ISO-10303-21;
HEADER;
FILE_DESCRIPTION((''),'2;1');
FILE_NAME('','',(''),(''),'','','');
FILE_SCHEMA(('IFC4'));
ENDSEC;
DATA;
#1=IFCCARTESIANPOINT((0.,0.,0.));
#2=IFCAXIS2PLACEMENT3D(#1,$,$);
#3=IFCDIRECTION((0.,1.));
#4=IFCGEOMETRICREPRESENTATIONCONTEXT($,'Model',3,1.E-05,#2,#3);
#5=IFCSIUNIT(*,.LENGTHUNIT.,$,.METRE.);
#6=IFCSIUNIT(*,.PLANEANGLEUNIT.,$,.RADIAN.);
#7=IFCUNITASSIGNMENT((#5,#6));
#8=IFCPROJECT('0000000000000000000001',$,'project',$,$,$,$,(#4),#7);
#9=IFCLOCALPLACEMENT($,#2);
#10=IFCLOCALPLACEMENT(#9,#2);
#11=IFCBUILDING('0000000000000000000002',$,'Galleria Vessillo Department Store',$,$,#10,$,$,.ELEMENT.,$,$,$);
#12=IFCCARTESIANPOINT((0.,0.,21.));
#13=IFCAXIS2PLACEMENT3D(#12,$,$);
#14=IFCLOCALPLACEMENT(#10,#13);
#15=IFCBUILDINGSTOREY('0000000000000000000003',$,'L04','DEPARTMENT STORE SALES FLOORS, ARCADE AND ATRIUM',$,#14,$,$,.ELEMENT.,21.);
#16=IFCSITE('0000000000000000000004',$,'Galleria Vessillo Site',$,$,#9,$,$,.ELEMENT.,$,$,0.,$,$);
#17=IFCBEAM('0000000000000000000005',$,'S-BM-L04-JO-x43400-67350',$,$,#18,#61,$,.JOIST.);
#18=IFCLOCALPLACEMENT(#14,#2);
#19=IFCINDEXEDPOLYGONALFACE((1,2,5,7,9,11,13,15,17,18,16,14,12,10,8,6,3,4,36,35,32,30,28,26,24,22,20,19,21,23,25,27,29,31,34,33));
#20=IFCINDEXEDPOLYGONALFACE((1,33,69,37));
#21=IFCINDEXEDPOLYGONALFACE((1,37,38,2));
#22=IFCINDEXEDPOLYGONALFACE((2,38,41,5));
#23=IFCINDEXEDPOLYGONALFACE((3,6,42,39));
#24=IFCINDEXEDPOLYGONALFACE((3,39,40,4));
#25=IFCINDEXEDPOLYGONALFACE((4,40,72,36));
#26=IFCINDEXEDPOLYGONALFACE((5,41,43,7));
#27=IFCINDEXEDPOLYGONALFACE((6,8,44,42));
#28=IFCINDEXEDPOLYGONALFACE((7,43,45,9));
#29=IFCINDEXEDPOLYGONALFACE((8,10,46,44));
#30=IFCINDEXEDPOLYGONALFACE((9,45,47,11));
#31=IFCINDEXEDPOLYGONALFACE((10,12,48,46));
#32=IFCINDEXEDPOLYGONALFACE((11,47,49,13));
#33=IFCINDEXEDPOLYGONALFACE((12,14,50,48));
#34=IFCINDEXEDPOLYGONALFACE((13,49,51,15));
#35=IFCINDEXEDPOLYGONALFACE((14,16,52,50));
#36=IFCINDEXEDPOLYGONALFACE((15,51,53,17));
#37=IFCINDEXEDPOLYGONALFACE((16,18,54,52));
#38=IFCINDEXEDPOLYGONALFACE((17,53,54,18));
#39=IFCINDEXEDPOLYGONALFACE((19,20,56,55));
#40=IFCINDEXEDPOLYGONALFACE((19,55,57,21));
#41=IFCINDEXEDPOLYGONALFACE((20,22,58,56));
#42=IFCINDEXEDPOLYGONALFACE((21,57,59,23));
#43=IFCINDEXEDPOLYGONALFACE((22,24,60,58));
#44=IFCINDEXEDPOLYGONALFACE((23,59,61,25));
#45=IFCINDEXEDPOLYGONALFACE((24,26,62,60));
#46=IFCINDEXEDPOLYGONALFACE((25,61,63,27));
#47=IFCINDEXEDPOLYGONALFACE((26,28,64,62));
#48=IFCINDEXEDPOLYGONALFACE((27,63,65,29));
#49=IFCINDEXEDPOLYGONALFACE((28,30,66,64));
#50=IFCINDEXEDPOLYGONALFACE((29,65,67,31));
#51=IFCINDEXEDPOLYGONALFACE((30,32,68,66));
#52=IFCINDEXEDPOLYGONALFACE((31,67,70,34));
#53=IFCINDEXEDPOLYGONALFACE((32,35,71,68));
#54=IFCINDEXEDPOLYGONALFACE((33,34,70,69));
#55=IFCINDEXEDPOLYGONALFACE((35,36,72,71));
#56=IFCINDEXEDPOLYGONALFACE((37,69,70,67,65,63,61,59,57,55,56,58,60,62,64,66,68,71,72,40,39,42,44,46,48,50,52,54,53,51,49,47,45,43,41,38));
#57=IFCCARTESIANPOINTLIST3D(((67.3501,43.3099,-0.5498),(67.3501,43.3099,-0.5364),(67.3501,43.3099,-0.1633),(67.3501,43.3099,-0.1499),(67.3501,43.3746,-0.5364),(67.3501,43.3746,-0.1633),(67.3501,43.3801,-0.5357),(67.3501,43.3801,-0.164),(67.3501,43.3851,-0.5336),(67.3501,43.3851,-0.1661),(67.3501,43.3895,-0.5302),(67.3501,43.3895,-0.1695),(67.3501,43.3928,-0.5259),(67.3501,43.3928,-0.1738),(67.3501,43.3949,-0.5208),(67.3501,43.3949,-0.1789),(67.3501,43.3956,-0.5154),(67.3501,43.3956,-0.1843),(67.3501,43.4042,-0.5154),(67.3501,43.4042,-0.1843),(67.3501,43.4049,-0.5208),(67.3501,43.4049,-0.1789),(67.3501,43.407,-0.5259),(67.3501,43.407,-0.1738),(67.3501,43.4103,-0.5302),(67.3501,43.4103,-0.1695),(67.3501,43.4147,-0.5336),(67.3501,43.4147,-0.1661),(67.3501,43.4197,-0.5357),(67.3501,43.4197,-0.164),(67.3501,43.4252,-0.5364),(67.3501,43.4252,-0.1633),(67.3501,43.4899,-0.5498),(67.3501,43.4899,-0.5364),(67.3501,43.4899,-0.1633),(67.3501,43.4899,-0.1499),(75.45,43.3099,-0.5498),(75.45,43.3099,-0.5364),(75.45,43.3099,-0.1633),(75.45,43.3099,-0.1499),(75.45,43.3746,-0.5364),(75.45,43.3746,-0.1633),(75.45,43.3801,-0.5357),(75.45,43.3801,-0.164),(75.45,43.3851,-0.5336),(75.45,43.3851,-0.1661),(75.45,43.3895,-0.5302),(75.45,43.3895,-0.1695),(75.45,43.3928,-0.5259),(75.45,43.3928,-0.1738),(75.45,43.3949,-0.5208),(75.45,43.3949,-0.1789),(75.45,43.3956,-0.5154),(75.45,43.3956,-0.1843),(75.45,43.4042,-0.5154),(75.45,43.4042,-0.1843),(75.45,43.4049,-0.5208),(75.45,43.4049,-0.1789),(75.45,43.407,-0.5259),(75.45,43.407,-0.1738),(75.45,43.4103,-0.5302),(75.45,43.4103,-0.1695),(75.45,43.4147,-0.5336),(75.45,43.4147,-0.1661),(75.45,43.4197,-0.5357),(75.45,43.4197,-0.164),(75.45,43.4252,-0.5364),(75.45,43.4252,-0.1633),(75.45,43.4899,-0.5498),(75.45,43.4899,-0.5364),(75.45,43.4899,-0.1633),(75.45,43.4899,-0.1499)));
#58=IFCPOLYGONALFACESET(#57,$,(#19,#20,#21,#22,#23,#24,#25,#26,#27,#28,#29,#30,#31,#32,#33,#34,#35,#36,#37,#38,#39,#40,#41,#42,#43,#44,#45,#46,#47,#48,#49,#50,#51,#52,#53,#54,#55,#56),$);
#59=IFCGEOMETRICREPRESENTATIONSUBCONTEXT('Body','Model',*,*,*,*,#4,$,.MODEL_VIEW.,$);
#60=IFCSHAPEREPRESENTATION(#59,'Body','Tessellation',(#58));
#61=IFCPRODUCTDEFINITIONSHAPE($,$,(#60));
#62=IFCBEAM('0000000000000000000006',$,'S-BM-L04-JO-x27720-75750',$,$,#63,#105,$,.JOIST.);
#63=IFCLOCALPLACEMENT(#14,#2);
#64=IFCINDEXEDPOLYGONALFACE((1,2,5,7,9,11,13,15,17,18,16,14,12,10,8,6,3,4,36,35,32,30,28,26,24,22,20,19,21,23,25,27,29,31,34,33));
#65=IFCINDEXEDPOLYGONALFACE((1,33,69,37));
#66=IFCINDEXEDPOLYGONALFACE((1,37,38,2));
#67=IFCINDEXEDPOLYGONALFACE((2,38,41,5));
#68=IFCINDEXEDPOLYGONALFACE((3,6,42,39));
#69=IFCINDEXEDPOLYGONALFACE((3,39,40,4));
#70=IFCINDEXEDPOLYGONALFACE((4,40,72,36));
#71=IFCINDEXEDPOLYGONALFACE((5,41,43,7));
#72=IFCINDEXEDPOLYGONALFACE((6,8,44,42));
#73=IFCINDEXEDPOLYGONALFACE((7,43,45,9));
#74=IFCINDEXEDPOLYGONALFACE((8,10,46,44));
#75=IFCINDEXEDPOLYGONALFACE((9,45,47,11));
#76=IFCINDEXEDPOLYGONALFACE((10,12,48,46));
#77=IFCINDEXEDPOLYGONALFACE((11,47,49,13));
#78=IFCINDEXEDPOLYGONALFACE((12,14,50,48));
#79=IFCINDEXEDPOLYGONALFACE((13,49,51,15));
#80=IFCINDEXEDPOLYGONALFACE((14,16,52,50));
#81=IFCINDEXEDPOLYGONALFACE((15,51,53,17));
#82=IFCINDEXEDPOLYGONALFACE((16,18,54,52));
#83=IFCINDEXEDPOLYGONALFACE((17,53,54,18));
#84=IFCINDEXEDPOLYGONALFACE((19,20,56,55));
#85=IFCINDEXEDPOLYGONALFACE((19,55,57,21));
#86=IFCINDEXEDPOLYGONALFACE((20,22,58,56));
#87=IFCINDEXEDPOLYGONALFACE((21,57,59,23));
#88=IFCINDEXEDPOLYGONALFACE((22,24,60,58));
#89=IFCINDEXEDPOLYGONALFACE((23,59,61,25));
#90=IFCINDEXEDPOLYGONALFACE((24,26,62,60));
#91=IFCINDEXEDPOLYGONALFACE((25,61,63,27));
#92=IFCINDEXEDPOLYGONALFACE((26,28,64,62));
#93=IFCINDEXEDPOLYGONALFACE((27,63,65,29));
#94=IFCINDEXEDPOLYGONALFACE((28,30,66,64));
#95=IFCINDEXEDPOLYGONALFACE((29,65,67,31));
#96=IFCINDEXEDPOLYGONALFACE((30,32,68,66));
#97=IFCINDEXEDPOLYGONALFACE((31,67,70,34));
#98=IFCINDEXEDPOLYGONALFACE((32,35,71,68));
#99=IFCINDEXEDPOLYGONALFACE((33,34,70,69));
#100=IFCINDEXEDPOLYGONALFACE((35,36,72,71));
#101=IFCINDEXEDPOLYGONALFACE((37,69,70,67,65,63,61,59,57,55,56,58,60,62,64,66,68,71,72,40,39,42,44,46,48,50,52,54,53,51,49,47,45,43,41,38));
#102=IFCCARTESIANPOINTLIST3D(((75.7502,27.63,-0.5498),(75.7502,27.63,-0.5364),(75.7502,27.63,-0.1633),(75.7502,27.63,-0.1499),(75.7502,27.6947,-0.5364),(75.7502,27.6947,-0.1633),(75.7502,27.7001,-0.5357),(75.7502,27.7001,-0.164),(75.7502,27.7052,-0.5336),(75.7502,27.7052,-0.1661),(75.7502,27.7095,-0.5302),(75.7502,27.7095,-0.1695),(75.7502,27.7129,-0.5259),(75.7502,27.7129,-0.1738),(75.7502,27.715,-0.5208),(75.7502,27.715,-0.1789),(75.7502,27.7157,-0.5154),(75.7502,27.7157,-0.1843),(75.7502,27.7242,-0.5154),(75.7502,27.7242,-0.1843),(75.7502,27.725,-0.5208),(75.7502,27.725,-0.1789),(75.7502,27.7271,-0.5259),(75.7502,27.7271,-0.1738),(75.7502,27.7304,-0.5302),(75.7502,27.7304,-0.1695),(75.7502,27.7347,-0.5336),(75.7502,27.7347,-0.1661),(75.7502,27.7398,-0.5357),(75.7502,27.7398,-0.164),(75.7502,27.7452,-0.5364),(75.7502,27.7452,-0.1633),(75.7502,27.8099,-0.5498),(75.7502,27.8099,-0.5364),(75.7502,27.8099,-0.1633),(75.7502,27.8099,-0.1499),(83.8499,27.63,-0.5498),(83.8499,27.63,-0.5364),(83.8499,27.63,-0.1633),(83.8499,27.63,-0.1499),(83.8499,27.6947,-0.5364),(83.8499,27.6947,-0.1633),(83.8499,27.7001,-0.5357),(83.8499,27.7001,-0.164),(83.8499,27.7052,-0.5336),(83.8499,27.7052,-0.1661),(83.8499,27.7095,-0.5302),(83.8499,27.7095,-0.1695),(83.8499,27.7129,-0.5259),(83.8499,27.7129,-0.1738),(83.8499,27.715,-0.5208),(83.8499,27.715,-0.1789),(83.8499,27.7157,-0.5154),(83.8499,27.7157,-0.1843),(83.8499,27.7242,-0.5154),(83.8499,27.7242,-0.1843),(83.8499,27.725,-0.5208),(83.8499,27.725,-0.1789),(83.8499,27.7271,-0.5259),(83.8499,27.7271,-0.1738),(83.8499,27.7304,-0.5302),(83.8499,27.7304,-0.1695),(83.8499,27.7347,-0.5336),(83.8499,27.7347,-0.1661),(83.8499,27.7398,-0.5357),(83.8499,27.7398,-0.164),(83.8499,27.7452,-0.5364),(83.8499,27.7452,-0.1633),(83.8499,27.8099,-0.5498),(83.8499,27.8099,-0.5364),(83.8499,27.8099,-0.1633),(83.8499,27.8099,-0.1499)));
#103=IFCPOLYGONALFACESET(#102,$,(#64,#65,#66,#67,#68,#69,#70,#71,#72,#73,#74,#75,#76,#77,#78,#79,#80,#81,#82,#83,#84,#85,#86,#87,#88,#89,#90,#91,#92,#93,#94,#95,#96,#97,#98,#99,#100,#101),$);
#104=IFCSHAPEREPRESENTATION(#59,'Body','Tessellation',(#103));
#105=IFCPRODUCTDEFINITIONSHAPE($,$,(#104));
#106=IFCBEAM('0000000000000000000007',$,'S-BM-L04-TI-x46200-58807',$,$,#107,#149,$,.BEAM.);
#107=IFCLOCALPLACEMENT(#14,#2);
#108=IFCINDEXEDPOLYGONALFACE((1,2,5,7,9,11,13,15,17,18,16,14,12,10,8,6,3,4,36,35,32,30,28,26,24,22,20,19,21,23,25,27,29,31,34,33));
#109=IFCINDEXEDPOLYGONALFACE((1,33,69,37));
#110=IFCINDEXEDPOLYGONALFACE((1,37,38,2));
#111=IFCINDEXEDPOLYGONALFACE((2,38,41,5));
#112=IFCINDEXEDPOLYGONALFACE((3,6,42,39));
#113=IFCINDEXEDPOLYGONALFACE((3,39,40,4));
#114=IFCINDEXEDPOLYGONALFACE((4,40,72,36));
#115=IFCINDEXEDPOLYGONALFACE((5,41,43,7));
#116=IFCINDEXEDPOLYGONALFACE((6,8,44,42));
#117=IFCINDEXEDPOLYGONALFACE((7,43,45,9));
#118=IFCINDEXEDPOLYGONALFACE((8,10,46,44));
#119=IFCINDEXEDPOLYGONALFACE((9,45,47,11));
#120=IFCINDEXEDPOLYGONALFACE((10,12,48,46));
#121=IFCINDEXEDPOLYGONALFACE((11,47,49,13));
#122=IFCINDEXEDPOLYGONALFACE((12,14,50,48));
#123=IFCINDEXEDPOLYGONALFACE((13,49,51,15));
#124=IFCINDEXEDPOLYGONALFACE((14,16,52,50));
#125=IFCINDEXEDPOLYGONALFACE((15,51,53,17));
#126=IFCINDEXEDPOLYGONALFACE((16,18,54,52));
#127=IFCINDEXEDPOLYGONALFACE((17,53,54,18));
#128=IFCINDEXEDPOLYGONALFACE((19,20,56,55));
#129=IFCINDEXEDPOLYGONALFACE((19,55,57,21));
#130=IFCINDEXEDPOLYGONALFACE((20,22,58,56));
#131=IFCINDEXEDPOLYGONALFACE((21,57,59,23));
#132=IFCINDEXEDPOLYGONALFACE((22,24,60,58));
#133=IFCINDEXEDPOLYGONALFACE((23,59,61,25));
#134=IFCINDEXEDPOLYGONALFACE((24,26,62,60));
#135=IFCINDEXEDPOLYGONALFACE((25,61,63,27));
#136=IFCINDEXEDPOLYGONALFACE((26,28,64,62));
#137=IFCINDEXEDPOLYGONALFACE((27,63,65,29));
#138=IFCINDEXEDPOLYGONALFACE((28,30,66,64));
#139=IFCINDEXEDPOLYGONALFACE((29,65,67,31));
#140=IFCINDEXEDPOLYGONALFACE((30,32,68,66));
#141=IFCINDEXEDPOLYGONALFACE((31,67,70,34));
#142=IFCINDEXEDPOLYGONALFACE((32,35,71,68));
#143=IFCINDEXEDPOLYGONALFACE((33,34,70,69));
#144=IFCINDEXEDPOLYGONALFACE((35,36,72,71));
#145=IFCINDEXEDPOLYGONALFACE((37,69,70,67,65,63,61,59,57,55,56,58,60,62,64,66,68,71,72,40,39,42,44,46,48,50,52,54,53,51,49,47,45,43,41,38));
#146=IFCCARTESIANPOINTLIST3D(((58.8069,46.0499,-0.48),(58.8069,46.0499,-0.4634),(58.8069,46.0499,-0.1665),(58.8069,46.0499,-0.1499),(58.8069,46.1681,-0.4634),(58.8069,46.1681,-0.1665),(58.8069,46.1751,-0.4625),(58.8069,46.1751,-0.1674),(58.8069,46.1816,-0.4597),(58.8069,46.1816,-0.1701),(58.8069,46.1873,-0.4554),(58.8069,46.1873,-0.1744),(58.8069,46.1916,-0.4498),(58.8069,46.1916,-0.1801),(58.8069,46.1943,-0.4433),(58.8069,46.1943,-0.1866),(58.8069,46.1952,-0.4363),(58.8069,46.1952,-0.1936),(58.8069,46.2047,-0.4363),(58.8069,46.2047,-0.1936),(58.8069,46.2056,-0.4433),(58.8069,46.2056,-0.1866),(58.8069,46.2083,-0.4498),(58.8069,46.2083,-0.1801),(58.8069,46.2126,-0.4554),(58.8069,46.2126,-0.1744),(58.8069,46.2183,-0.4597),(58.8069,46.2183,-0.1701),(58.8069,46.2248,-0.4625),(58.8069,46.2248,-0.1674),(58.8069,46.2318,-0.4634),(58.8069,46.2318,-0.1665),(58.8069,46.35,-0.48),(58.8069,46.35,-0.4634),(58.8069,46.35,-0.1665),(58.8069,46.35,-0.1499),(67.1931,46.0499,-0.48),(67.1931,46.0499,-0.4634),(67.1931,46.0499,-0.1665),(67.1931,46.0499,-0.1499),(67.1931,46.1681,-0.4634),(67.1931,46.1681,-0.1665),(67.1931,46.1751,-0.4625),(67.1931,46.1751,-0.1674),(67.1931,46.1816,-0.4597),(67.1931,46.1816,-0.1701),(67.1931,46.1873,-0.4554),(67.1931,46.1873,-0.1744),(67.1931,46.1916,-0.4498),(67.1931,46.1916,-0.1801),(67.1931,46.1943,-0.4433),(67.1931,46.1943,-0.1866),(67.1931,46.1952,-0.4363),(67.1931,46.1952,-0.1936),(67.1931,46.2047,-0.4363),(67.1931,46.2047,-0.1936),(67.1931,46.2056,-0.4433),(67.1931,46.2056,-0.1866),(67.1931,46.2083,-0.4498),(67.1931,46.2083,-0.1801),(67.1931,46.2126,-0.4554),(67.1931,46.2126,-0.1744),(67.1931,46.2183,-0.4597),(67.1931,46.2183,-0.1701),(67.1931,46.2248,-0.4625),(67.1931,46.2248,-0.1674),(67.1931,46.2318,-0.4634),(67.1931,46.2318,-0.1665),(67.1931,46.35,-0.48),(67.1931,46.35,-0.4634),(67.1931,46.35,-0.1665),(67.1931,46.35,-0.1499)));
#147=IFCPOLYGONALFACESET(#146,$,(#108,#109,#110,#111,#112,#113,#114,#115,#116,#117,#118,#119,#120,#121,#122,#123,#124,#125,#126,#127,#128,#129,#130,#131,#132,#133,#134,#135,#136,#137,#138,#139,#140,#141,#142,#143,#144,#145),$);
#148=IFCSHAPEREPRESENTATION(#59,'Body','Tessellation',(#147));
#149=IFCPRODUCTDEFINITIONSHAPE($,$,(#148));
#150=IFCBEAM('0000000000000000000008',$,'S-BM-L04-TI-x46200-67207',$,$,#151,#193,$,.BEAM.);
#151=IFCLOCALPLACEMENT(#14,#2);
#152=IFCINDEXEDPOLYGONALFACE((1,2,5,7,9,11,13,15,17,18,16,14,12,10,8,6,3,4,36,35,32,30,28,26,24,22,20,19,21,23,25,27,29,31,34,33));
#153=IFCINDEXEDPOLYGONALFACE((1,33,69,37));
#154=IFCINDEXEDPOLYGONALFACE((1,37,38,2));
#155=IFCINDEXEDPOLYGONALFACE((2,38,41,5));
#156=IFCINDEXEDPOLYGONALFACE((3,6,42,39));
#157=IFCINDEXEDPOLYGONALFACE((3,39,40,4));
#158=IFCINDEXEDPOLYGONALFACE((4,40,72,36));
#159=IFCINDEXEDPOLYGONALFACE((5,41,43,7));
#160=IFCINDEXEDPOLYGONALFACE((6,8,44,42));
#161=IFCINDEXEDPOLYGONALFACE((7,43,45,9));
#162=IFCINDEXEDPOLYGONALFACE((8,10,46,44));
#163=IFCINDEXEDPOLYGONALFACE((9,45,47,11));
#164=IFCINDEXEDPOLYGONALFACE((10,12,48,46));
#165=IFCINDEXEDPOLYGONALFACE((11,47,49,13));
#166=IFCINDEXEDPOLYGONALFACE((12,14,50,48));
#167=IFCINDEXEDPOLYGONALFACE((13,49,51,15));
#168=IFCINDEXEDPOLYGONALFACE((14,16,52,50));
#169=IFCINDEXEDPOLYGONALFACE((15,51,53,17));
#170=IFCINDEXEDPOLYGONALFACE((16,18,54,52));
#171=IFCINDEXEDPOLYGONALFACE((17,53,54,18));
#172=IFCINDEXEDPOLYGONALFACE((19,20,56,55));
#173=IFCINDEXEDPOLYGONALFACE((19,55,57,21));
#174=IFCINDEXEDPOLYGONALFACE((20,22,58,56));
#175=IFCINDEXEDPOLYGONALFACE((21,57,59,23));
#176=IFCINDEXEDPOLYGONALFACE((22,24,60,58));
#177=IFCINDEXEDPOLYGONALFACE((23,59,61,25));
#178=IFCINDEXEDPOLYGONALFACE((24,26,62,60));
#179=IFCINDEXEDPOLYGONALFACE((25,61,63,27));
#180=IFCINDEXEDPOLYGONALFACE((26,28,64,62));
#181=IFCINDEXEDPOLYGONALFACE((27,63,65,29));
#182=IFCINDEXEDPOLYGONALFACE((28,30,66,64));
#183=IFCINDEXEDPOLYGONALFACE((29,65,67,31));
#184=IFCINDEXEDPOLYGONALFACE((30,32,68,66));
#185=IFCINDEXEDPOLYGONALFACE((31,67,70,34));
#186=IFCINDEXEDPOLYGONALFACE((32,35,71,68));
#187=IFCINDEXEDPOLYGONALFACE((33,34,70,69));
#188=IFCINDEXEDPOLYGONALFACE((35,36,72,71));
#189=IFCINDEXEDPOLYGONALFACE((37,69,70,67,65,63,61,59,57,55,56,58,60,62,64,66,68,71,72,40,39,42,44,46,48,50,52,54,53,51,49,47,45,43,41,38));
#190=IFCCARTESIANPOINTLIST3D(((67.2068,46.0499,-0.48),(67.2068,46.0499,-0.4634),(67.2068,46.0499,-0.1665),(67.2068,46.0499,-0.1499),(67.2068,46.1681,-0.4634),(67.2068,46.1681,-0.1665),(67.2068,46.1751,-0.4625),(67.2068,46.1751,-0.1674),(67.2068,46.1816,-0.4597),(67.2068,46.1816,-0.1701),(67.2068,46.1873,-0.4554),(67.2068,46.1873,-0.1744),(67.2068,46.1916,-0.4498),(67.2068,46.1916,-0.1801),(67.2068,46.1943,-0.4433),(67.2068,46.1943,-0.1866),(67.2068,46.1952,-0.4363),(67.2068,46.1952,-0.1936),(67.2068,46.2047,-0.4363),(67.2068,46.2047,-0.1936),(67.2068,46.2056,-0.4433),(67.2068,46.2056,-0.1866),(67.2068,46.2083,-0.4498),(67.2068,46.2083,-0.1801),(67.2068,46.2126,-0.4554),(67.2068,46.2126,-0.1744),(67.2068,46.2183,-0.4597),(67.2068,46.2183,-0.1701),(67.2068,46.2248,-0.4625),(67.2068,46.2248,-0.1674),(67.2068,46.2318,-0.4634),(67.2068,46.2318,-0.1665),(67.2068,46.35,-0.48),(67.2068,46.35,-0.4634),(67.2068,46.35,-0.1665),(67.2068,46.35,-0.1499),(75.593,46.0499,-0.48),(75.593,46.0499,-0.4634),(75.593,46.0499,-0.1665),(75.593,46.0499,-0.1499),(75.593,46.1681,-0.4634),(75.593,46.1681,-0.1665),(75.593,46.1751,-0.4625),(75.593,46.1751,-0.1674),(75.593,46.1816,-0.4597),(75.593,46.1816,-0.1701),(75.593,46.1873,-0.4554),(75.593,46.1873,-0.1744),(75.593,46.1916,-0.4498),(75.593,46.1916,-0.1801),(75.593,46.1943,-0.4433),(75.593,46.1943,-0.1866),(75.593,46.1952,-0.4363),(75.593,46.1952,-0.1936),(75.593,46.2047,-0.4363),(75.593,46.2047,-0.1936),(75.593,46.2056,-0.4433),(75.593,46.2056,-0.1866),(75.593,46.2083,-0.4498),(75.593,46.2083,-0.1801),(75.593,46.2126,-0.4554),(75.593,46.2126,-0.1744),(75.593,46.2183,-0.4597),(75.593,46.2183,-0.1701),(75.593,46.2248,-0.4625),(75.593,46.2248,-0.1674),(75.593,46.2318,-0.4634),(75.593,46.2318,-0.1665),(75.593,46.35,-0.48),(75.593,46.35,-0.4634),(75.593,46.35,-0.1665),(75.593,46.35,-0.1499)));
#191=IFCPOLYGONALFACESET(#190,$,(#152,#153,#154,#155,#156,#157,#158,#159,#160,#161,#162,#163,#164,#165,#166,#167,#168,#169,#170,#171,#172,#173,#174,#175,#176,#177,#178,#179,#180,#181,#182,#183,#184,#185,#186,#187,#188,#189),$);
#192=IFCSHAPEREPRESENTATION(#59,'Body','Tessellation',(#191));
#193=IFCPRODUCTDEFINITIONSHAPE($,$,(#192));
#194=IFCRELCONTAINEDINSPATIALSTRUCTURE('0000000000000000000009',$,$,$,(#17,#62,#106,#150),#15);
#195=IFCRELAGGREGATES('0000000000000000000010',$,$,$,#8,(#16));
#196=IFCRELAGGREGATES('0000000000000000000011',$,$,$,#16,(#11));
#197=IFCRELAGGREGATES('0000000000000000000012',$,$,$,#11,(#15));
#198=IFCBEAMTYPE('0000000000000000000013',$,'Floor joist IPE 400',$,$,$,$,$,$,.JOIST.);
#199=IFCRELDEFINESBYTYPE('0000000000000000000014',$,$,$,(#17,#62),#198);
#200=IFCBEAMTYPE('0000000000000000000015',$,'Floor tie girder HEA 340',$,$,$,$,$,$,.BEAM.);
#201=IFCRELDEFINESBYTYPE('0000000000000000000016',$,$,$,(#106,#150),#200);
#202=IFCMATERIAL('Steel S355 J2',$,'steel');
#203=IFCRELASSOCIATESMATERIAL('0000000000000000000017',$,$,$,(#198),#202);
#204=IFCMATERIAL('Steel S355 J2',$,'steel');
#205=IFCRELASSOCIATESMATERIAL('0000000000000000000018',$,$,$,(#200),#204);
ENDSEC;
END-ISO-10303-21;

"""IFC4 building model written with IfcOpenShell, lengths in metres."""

from ifc_helpers import new_model, si_unit, direction, frame, origin, origin_2d, place, context, subcontext, project, spatial, i_section, extrude, material, material_profile, profile_set, type_object, element, save


model = new_model("IFC4")

# Units and contexts
model_context = context("Model", 3, precision=1e-05, world=origin(), true_north=direction((0.0, 1.0)))
body_context = subcontext(model_context, "Body", "Model", "MODEL_VIEW")
ifc_project = project(units=[si_unit("LENGTHUNIT", "METRE"), si_unit("PLANEANGLEUNIT", "RADIAN")], contexts=[model_context])

# Site, building, storey
site_placement = place(None, origin())
site = spatial("IfcSite", under=ifc_project, at=site_placement, Name="Galleria Vessillo Site", CompositionType="ELEMENT", RefElevation=0.0)
building_placement = place(site_placement, origin())
building = spatial("IfcBuilding", under=site, at=building_placement, Name="Galleria Vessillo Department Store", CompositionType="ELEMENT")
storey_placement = place(building_placement, frame((0.0, 0.0, 21.0)))
storey = spatial("IfcBuildingStorey", under=building, at=storey_placement, Name="L04", Description="DEPARTMENT STORE SALES FLOORS, ARCADE AND ATRIUM", CompositionType="ELEMENT", Elevation=21.0)

# Beams
ifc_material_1 = material(Name="Steel S355 J2", Category="steel")
ifc_material_profile_1 = material_profile(ifc_material_1, i_section(OverallWidth=0.1799, OverallDepth=0.3999, WebThickness=0.0085, FlangeThickness=0.0134, FilletRadius=0.021, at=origin_2d()), Name="IPE 400")
ifc_profile_set_1 = profile_set([ifc_material_profile_1], Name="Steel S355 J2")
beam_type_1 = type_object("IfcBeamType", Name="Floor joist IPE 400", PredefinedType="JOIST", material=ifc_profile_set_1)
for number, where, z_axis, x_axis, name in (
    (1, (67.3501, 43.3999, -0.3499), (1.0, 0.0, 0.0), (0.0, 1.0, 0.0), "S-BM-L04-JO-x43400-67350"),
):
    element("IfcBeam", number, at=place(storey_placement, frame(where, z_axis=z_axis, x_axis=x_axis)), inside=storey, type_object=beam_type_1, Name=name, PredefinedType="JOIST", context=body_context, shape_type="SweptSolid", body=[
        extrude(i_section(OverallWidth=0.1799, OverallDepth=0.3999, WebThickness=0.0085, FlangeThickness=0.0134, FilletRadius=0.021, at=origin_2d()), origin(), (0.0, 0.0, 1.0), 8.0999),
    ])
beam_1_placement = place(storey_placement, frame((75.7502, 27.72, -0.3499), z_axis=(1.0, 0.0, 0.0), x_axis=(0.0, 1.0, 0.0)))
element("IfcBeam", 2, at=beam_1_placement, inside=storey, type_object=beam_type_1, Name="S-BM-L04-JO-x27720-75750", PredefinedType="JOIST", context=body_context, shape_type="SweptSolid", body=[
    extrude(i_section(OverallWidth=0.1799, OverallDepth=0.3999, WebThickness=0.0085, FlangeThickness=0.0134, FilletRadius=0.021, at=origin_2d()), origin(), (0.0, 0.0, 1.0), 8.0996),
])
ifc_material_2 = material(Name="Steel S355 J2", Category="steel")
ifc_material_profile_2 = material_profile(ifc_material_2, i_section(OverallWidth=0.3, OverallDepth=0.3301, WebThickness=0.0095, FlangeThickness=0.0166, FilletRadius=0.0271, at=origin_2d()), Name="HEA 340")
ifc_profile_set_2 = profile_set([ifc_material_profile_2], Name="Steel S355 J2")
beam_type_2 = type_object("IfcBeamType", Name="Floor tie girder HEA 340", PredefinedType="BEAM", material=ifc_profile_set_2)
for number, where, z_axis, x_axis, name in (
    (3, (58.8069, 46.2, -0.3149), (1.0, 0.0, 0.0), (0.0, 1.0, 0.0), "S-BM-L04-TI-x46200-58807"),
    (4, (67.2068, 46.2, -0.3149), (1.0, 0.0, 0.0), (0.0, 1.0, 0.0), "S-BM-L04-TI-x46200-67207"),
):
    element("IfcBeam", number, at=place(storey_placement, frame(where, z_axis=z_axis, x_axis=x_axis)), inside=storey, type_object=beam_type_2, Name=name, PredefinedType="BEAM", context=body_context, shape_type="SweptSolid", body=[
        extrude(i_section(OverallWidth=0.3, OverallDepth=0.3301, WebThickness=0.0095, FlangeThickness=0.0166, FilletRadius=0.0271, at=origin_2d()), origin(), (0.0, 0.0, 1.0), 8.3862),
    ])

save(model, "model.ifc")
